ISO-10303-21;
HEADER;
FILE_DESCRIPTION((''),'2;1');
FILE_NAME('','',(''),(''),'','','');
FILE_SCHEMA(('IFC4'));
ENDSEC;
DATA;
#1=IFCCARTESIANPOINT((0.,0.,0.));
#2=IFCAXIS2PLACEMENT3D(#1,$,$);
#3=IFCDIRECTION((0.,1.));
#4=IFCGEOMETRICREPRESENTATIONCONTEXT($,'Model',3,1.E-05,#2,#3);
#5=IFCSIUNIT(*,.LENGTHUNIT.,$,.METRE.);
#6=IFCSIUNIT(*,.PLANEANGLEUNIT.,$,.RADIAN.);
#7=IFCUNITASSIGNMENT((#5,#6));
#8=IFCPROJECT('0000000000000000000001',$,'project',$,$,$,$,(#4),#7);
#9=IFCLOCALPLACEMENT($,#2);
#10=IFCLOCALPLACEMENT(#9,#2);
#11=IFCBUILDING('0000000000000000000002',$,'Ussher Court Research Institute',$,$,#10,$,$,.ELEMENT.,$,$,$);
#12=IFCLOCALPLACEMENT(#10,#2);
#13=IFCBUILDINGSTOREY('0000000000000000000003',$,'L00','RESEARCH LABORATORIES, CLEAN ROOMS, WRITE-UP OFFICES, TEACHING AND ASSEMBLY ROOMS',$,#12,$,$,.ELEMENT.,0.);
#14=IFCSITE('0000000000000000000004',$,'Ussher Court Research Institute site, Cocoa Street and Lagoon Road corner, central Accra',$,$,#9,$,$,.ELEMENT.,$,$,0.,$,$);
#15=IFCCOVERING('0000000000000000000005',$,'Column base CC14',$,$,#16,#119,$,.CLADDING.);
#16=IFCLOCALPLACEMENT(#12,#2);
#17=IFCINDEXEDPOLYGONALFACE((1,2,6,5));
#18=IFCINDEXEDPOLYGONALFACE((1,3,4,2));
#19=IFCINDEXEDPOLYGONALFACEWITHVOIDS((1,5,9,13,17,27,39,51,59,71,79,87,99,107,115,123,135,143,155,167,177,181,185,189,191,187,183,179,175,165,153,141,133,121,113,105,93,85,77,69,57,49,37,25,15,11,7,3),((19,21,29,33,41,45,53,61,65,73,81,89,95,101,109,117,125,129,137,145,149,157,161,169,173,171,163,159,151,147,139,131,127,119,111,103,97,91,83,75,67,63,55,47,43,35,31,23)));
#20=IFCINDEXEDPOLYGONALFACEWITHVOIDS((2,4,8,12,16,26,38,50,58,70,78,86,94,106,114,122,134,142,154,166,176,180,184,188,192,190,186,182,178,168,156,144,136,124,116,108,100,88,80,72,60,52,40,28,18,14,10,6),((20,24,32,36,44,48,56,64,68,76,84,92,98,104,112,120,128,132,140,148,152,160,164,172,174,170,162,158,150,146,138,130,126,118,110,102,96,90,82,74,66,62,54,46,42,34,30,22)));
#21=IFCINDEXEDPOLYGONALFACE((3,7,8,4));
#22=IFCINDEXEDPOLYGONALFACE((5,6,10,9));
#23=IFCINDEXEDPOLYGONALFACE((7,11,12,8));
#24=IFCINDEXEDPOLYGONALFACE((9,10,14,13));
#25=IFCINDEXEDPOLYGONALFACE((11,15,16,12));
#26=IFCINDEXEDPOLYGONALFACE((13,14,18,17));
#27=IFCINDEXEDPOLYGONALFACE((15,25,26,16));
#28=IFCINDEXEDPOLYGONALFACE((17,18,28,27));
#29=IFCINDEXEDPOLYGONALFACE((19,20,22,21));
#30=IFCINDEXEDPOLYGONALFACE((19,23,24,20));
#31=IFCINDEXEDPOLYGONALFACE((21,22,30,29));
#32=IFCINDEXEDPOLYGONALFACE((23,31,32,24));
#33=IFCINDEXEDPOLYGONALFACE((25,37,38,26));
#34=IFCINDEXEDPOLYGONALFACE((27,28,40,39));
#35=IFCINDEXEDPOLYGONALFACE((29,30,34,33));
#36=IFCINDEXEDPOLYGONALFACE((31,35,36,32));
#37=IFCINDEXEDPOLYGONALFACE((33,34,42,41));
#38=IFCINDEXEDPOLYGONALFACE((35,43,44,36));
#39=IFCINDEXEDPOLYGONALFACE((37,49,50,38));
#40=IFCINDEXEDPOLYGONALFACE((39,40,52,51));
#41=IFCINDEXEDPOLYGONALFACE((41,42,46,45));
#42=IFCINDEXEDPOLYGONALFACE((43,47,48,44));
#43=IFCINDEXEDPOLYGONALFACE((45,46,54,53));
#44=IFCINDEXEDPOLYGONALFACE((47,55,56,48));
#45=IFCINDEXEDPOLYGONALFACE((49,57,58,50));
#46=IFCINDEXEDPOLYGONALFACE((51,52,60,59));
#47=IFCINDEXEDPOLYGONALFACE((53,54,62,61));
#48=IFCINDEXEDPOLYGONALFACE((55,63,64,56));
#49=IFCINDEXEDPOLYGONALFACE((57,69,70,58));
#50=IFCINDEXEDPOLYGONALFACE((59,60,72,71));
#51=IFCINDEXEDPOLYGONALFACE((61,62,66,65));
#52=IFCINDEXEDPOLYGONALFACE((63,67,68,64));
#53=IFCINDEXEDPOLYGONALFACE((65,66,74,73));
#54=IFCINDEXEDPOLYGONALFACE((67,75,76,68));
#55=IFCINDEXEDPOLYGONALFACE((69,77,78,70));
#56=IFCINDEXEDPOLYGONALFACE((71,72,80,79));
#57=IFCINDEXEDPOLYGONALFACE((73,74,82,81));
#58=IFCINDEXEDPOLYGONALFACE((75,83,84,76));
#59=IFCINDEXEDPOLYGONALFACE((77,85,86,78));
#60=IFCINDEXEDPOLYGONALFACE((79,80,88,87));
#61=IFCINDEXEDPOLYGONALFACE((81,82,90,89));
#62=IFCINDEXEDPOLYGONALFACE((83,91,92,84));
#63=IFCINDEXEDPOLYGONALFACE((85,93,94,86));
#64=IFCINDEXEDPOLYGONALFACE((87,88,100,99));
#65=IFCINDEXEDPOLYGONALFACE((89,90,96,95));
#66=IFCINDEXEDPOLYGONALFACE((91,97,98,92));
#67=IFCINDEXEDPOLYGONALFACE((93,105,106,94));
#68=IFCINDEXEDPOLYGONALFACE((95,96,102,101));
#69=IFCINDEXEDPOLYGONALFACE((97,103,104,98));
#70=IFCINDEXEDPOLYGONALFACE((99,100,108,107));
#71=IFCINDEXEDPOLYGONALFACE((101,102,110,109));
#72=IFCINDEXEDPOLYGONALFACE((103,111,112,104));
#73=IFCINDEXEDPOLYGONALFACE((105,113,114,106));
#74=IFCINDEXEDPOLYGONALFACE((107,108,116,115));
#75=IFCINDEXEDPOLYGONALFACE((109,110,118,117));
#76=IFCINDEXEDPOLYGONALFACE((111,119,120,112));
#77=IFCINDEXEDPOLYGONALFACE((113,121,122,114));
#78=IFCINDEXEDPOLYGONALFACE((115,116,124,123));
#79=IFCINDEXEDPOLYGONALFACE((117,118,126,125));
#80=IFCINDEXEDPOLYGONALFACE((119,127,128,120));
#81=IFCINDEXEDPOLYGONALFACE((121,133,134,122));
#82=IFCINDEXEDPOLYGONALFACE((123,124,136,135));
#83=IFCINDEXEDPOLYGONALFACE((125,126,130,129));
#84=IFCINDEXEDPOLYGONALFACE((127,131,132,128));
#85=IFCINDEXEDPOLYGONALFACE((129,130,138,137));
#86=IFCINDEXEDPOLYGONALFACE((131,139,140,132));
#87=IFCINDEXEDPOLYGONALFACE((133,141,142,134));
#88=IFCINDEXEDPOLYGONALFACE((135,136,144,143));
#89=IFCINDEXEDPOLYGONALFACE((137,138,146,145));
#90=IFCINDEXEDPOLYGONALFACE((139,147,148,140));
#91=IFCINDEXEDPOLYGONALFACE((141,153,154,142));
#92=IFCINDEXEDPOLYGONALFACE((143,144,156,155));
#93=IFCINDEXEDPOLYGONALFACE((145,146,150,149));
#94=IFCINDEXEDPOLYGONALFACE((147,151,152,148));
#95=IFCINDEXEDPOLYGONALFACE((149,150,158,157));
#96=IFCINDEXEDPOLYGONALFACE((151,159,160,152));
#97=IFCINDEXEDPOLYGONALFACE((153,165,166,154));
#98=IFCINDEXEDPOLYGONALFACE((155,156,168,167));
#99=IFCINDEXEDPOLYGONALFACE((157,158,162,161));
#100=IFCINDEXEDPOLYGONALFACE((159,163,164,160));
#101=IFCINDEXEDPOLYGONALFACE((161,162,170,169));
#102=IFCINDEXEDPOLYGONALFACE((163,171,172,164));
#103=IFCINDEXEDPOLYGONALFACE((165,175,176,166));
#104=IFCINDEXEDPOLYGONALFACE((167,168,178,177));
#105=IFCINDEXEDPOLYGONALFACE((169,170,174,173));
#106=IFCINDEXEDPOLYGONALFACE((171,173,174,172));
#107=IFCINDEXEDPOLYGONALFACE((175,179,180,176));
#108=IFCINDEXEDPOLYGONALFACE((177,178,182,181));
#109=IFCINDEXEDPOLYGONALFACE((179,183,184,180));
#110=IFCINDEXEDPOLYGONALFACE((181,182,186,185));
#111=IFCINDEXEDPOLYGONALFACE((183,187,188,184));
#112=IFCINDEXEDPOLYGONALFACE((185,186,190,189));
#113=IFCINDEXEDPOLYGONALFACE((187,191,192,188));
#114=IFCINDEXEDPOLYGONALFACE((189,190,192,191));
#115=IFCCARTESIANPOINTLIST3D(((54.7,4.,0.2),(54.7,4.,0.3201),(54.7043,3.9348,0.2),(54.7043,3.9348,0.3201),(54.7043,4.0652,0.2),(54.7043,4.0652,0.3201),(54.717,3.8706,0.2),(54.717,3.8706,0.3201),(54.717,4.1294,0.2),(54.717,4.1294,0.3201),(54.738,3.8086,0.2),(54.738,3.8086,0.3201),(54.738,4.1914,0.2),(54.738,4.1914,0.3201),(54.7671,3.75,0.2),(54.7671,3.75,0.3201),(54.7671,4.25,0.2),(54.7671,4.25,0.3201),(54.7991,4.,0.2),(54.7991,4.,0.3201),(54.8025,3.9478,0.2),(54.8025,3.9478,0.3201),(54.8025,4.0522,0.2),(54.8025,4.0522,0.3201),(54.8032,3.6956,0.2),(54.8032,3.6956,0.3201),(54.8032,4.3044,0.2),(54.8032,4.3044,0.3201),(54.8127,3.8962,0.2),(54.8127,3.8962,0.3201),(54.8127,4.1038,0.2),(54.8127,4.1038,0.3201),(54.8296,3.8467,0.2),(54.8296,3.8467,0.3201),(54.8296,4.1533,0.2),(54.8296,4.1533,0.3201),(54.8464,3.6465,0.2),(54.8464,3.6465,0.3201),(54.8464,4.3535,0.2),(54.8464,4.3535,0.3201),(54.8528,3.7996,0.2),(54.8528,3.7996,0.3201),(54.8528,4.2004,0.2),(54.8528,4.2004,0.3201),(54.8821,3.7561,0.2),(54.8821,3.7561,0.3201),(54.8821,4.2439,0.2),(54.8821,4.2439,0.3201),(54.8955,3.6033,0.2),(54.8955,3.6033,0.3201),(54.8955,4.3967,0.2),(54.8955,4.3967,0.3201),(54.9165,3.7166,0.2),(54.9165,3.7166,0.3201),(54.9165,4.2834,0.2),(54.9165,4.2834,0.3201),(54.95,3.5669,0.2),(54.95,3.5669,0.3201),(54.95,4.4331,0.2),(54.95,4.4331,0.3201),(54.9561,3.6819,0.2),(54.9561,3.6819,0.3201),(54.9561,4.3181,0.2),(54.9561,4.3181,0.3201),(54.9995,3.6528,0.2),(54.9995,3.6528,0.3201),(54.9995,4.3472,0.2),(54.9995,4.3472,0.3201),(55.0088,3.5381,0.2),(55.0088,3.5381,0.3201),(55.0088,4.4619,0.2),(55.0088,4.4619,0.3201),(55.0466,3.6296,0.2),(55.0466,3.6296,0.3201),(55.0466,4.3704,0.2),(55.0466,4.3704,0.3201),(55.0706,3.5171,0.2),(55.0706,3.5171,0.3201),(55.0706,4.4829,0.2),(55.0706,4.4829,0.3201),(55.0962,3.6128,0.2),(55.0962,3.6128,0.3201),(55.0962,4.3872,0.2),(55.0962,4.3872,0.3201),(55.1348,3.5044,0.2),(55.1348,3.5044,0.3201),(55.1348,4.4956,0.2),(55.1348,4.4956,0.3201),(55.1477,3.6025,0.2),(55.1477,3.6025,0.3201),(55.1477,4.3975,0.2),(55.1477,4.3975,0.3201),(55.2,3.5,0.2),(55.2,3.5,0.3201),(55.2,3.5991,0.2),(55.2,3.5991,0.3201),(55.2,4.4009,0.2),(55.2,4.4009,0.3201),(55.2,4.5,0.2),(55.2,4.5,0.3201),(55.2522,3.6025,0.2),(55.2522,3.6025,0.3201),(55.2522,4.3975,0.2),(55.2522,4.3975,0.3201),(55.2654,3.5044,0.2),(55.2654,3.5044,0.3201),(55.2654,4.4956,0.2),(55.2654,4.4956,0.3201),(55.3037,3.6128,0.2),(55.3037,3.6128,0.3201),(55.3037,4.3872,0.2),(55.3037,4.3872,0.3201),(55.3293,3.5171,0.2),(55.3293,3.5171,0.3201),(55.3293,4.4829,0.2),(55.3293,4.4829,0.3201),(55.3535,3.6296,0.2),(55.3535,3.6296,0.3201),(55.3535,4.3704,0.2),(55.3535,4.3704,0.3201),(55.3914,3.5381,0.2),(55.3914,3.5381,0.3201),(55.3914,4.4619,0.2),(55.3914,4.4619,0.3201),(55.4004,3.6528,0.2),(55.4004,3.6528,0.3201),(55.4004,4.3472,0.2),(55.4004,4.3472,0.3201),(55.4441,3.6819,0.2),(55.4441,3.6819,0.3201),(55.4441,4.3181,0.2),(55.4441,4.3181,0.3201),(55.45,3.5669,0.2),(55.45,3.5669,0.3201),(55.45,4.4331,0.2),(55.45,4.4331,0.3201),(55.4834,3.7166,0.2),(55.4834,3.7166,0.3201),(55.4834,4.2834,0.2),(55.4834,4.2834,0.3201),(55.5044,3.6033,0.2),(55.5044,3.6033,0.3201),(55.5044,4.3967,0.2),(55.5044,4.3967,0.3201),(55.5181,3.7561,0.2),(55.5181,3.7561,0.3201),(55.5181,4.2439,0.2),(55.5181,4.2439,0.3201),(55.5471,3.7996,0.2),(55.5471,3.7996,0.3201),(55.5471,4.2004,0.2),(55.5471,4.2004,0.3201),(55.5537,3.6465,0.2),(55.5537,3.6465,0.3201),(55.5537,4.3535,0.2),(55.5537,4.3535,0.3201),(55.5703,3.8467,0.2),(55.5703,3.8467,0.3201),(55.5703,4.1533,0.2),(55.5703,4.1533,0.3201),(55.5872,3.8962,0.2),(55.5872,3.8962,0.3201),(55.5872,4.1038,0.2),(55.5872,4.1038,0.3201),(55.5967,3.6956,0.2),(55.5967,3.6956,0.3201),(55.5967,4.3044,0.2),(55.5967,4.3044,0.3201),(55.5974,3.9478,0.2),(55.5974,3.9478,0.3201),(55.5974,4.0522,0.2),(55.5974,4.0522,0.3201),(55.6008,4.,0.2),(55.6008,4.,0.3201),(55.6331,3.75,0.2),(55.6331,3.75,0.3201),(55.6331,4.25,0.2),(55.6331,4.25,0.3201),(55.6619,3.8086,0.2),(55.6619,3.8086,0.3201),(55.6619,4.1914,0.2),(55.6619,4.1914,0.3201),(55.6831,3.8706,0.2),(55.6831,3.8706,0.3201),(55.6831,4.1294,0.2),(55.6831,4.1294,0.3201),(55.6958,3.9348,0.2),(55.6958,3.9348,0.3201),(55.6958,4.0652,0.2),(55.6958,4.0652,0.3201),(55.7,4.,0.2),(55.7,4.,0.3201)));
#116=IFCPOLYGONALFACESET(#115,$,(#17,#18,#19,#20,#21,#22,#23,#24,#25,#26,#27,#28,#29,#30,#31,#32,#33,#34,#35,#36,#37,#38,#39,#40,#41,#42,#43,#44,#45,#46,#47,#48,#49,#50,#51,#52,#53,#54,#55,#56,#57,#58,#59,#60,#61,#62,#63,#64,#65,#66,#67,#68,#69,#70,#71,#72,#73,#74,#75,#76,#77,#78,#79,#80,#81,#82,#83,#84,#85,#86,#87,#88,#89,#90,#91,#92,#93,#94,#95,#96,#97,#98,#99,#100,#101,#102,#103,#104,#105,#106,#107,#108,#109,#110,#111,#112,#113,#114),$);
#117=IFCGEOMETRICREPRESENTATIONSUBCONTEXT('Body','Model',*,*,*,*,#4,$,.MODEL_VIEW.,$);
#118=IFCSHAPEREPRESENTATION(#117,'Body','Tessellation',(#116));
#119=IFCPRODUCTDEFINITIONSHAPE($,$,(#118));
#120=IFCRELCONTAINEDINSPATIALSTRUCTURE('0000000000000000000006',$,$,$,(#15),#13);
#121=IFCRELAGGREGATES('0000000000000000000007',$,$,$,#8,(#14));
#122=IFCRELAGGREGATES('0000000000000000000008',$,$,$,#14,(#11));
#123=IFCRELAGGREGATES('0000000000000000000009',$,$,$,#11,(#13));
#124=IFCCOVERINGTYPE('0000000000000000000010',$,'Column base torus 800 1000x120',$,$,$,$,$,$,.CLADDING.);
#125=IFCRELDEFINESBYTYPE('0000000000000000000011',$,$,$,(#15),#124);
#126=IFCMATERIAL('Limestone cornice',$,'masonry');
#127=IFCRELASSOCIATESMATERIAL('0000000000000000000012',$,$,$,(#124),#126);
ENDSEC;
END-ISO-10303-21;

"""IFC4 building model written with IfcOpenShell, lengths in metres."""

from ifc_helpers import new_model, si_unit, direction, frame, origin, place, context, subcontext, project, spatial, polyline, outline, extrude, material, type_object, element, save


model = new_model("IFC4")

# Units and contexts
model_context = context("Model", 3, precision=1e-05, world=origin(), true_north=direction((0.0, 1.0)))
body_context = subcontext(model_context, "Body", "Model", "MODEL_VIEW")
ifc_project = project(units=[si_unit("LENGTHUNIT", "METRE"), si_unit("PLANEANGLEUNIT", "RADIAN")], contexts=[model_context])

# Site, building, storey
site_placement = place(None, origin())
site = spatial("IfcSite", under=ifc_project, at=site_placement, Name="Ussher Court Research Institute site, Cocoa Street and Lagoon Road corner, central Accra", CompositionType="ELEMENT", RefElevation=0.0)
building_placement = place(site_placement, origin())
building = spatial("IfcBuilding", under=site, at=building_placement, Name="Ussher Court Research Institute", CompositionType="ELEMENT")
storey_placement = place(building_placement, origin())
storey = spatial("IfcBuildingStorey", under=building, at=storey_placement, Name="L00", Description="RESEARCH LABORATORIES, CLEAN ROOMS, WRITE-UP OFFICES, TEACHING AND ASSEMBLY ROOMS", CompositionType="ELEMENT", Elevation=0.0)

# Covering
ifc_material_1 = material(Name="Limestone cornice", Category="masonry")
covering_type_1 = type_object("IfcCoveringType", Name="Column base torus 800 1000x120", PredefinedType="CLADDING", material=ifc_material_1)
covering_1_placement = place(storey_placement, frame((0.0, 0.0, 0.2)))
element("IfcCovering", 1, at=covering_1_placement, inside=storey, type_object=covering_type_1, Name="Column base CC14", PredefinedType="CLADDING", context=body_context, shape_type="SweptSolid", body=[
    extrude(outline(polyline([(55.7, 4.0), (55.6958, 4.0652), (55.6831, 4.1294), (55.6619, 4.1914), (55.6331, 4.25), (55.5967, 4.3044), (55.5537, 4.3535), (55.5044, 4.3967), (55.45, 4.4331), (55.3914, 4.4619), (55.3293, 4.4829), (55.2654, 4.4956), (55.2, 4.5), (55.1348, 4.4956), (55.0706, 4.4829), (55.0088, 4.4619), (54.95, 4.4331), (54.8955, 4.3967), (54.8464, 4.3535), (54.8032, 4.3044), (54.7671, 4.25), (54.738, 4.1914), (54.717, 4.1294), (54.7043, 4.0652), (54.7, 4.0), (54.7043, 3.9348), (54.717, 3.8706), (54.738, 3.8086), (54.7671, 3.75), (54.8032, 3.6956), (54.8464, 3.6465), (54.8955, 3.6033), (54.95, 3.5669), (55.0088, 3.5381), (55.0706, 3.5171), (55.1348, 3.5044), (55.2, 3.5), (55.2654, 3.5044), (55.3293, 3.5171), (55.3914, 3.5381), (55.45, 3.5669), (55.5044, 3.6033), (55.5537, 3.6465), (55.5967, 3.6956), (55.6331, 3.75), (55.6619, 3.8086), (55.6831, 3.8706), (55.6958, 3.9348), (55.7, 4.0)]), holes=[polyline([(55.6008, 4.0), (55.5974, 4.0522), (55.5872, 4.1038), (55.5703, 4.1533), (55.5471, 4.2004), (55.5181, 4.2439), (55.4834, 4.2834), (55.4441, 4.3181), (55.4004, 4.3472), (55.3535, 4.3704), (55.3037, 4.3872), (55.2522, 4.3975), (55.2, 4.4009), (55.1477, 4.3975), (55.0962, 4.3872), (55.0466, 4.3704), (54.9995, 4.3472), (54.9561, 4.3181), (54.9165, 4.2834), (54.8821, 4.2439), (54.8528, 4.2004), (54.8296, 4.1533), (54.8127, 4.1038), (54.8025, 4.0522), (54.7991, 4.0), (54.8025, 3.9478), (54.8127, 3.8962), (54.8296, 3.8467), (54.8528, 3.7996), (54.8821, 3.7561), (54.9165, 3.7166), (54.9561, 3.6819), (54.9995, 3.6528), (55.0466, 3.6296), (55.0962, 3.6128), (55.1477, 3.6025), (55.2, 3.5991), (55.2522, 3.6025), (55.3037, 3.6128), (55.3535, 3.6296), (55.4004, 3.6528), (55.4441, 3.6819), (55.4834, 3.7166), (55.5181, 3.7561), (55.5471, 3.7996), (55.5703, 3.8467), (55.5872, 3.8962), (55.5974, 3.9478), (55.6008, 4.0)])]), origin(), (0.0, 0.0, 1.0), 0.1201),
])

save(model, "model.ifc")
